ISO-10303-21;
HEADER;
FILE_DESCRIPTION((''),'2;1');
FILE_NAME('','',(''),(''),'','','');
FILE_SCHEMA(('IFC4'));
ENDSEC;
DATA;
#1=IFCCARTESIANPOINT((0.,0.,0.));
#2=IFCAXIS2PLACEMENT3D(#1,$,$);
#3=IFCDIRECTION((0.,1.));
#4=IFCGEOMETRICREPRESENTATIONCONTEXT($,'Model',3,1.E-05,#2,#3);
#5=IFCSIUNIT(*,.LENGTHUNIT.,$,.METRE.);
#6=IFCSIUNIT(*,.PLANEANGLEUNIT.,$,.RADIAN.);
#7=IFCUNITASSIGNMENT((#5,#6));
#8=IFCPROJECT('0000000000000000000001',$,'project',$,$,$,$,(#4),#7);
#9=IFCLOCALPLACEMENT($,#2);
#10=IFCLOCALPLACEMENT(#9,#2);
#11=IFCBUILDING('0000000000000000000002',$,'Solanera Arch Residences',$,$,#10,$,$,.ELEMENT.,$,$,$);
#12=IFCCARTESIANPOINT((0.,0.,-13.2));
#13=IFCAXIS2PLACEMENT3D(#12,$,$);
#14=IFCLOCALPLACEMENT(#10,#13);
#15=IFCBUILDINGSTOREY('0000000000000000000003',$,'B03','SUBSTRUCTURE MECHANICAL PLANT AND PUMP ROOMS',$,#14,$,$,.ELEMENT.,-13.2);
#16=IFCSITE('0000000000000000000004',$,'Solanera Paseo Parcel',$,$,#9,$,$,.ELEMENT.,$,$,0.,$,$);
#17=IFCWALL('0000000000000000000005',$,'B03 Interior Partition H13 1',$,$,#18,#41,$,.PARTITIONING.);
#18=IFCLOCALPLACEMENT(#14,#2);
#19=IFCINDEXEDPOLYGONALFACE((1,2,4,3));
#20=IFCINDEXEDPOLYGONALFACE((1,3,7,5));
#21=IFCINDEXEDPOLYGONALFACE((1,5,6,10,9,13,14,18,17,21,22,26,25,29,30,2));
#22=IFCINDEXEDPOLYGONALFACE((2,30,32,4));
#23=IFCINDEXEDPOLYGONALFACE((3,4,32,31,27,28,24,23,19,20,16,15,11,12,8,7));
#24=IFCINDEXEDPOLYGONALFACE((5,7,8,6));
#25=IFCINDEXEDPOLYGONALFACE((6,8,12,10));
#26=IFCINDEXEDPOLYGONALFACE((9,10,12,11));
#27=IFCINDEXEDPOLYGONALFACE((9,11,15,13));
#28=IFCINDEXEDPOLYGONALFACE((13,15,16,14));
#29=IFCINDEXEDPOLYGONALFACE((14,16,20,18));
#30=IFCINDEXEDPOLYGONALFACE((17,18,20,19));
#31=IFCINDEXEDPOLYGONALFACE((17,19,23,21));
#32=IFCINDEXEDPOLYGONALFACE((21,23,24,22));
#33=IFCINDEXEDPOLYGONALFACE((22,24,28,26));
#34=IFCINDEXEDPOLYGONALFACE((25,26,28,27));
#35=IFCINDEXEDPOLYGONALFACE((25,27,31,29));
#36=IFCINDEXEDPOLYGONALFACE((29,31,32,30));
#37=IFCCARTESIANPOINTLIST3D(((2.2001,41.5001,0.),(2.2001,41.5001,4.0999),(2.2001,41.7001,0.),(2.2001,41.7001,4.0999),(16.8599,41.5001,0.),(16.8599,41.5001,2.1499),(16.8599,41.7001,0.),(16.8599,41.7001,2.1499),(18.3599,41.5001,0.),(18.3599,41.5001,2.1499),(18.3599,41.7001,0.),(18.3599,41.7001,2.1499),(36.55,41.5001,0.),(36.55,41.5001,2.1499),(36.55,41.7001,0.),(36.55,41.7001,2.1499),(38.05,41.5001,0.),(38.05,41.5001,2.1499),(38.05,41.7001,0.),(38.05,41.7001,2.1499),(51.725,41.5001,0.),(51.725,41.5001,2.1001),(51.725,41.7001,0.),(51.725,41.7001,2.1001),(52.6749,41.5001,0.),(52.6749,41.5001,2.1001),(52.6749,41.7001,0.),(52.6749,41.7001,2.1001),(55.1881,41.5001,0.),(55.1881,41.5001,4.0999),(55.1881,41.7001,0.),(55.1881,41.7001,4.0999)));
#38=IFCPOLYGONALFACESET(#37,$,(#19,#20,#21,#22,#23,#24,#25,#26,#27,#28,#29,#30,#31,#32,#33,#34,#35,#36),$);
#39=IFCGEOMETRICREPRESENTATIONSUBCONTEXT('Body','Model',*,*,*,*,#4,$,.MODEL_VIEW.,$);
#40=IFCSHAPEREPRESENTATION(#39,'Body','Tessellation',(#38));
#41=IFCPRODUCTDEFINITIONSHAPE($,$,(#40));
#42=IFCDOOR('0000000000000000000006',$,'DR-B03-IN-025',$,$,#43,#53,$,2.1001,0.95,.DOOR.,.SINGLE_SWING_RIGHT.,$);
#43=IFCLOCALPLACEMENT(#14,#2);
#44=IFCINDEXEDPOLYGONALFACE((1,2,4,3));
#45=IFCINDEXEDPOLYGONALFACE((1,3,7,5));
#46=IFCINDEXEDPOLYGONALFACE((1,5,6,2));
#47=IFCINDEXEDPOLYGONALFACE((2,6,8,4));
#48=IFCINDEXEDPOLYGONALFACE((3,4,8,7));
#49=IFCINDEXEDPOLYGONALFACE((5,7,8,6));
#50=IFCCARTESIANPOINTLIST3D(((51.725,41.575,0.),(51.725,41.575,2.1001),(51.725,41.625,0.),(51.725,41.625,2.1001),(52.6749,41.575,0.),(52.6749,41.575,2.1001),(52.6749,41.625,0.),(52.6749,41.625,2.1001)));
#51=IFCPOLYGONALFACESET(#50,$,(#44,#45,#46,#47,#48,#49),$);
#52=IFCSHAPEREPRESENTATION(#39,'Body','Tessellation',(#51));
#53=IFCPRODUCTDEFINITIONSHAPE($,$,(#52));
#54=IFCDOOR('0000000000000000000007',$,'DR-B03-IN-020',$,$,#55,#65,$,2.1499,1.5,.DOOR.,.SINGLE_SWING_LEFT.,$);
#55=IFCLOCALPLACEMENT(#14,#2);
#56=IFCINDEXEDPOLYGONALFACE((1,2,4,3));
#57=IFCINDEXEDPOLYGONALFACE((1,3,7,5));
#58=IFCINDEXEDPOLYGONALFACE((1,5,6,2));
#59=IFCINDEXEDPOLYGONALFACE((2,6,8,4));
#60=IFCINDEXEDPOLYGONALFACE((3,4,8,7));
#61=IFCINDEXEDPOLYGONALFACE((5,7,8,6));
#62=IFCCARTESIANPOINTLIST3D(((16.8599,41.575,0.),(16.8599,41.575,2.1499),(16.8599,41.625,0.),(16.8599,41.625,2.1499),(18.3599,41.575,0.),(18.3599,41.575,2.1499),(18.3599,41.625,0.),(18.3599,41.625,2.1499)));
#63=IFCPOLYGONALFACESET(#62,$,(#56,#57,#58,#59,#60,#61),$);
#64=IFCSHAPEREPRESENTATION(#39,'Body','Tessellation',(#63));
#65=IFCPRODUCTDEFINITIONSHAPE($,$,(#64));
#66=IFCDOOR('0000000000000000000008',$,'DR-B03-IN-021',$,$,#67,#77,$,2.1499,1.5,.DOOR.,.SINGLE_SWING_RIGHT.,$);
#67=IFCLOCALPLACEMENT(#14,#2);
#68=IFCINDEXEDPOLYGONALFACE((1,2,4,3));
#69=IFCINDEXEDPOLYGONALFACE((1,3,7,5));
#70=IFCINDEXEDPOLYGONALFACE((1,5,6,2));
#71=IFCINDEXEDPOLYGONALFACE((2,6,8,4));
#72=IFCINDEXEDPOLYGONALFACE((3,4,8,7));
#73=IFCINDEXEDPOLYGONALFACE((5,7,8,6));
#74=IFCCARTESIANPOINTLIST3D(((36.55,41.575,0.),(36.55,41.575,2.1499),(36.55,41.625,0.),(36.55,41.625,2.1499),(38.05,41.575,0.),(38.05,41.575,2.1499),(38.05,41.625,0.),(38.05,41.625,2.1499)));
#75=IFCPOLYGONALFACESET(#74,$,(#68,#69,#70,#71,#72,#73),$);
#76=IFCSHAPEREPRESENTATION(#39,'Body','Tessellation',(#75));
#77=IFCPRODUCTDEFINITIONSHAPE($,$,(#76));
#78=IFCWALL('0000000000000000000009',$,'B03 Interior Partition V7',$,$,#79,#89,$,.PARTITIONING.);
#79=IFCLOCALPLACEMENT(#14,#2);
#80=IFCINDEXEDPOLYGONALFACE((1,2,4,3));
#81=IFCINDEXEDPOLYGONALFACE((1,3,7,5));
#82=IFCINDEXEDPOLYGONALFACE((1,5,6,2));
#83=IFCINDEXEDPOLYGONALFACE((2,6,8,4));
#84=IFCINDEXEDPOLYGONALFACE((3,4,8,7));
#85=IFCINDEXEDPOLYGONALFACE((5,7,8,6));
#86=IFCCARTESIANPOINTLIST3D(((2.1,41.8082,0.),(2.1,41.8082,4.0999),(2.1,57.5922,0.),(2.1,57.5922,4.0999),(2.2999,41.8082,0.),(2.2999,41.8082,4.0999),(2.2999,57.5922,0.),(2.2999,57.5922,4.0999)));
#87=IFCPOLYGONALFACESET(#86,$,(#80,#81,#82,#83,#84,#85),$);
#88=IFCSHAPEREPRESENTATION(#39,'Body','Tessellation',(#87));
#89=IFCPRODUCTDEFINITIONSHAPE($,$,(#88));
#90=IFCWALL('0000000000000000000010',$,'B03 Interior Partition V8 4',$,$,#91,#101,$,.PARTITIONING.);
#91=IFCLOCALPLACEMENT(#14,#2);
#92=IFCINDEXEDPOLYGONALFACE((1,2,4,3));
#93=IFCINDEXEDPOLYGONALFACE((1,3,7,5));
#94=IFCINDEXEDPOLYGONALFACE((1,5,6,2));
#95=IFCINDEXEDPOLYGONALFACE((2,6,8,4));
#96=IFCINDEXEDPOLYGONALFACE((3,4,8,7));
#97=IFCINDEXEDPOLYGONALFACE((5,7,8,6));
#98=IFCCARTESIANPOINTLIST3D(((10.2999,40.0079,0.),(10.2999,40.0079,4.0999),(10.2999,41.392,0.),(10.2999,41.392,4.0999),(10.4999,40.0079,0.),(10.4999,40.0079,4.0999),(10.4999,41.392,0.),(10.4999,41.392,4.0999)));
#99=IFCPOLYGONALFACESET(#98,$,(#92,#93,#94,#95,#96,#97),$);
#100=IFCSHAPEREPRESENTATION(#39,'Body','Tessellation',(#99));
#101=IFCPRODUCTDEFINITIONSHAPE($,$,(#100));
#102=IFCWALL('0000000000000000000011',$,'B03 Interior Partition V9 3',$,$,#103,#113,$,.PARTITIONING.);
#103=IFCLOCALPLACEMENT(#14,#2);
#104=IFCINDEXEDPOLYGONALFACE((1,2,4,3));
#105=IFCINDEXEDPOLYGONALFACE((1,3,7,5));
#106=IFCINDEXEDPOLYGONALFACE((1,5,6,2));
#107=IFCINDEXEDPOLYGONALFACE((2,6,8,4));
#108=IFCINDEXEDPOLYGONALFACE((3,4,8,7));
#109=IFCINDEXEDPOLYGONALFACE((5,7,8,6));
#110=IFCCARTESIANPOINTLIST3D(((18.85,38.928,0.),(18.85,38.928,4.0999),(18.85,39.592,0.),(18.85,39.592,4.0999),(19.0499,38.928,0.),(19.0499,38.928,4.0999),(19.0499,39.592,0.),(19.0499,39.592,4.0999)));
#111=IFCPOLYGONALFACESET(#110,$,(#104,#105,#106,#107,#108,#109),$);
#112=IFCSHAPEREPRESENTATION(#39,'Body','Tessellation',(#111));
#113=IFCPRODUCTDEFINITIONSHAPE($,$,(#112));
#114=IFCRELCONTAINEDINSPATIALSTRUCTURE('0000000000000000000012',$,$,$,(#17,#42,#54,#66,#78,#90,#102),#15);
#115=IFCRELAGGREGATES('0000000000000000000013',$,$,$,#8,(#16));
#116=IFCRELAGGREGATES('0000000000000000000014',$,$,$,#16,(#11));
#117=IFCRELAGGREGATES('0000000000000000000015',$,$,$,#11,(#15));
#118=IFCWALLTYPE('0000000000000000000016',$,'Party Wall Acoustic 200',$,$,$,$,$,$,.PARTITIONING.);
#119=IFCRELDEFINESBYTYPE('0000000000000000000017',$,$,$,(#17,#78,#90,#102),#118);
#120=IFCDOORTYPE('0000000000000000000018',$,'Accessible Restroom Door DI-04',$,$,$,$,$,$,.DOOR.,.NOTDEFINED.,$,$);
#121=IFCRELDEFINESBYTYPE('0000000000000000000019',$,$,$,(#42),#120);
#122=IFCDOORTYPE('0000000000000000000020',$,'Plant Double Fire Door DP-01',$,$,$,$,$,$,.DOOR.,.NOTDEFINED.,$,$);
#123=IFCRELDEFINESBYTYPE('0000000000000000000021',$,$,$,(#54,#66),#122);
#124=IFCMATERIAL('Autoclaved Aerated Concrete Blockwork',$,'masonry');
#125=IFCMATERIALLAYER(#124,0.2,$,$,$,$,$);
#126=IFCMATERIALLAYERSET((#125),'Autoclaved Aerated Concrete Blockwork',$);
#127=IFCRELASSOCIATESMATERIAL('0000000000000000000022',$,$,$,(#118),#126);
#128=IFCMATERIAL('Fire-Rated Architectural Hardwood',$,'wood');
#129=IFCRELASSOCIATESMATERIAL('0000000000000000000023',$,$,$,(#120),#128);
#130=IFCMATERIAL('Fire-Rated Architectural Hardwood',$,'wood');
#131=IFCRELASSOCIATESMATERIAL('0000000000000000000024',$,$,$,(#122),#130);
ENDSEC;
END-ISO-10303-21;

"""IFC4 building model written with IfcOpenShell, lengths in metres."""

from ifc_helpers import new_model, si_unit, direction, frame, frame_2d, origin, place, context, subcontext, project, spatial, rectangle, extrude, material, layer, layer_set, type_object, element, fill, save


model = new_model("IFC4")

# Units and contexts
model_context = context("Model", 3, precision=1e-05, world=origin(), true_north=direction((0.0, 1.0)))
body_context = subcontext(model_context, "Body", "Model", "MODEL_VIEW")
ifc_project = project(units=[si_unit("LENGTHUNIT", "METRE"), si_unit("PLANEANGLEUNIT", "RADIAN")], contexts=[model_context])

# Site, building, storey
site_placement = place(None, origin())
site = spatial("IfcSite", under=ifc_project, at=site_placement, Name="Solanera Paseo Parcel", CompositionType="ELEMENT", RefElevation=0.0)
building_placement = place(site_placement, origin())
building = spatial("IfcBuilding", under=site, at=building_placement, Name="Solanera Arch Residences", CompositionType="ELEMENT")
storey_placement = place(building_placement, frame((0.0, 0.0, -13.2)))
storey = spatial("IfcBuildingStorey", under=building, at=storey_placement, Name="B03", Description="SUBSTRUCTURE MECHANICAL PLANT AND PUMP ROOMS", CompositionType="ELEMENT", Elevation=-13.2)

# Shared definitions
ifc_material_1 = material(Name="Autoclaved Aerated Concrete Blockwork", Category="masonry")
ifc_layer_1 = layer(ifc_material_1, 0.2)
ifc_layer_set_1 = layer_set([ifc_layer_1], Name="Autoclaved Aerated Concrete Blockwork")
wall_type_1 = type_object("IfcWallType", Name="Party Wall Acoustic 200", PredefinedType="PARTITIONING", material=ifc_layer_set_1)

# Wall, openings, doors
wall_1_placement = place(storey_placement, frame((2.2, 41.6001, 0.0), z_axis=(0.0, 0.0, 1.0), x_axis=(1.0, 0.0, 0.0)))
wall_1 = element("IfcWall", 1, at=wall_1_placement, inside=storey, type_object=wall_type_1, Name="B03 Interior Partition H13 1", PredefinedType="PARTITIONING", context=body_context, shape_type="SweptSolid", body=[
    extrude(rectangle(XDim=52.988, YDim=0.2, at=frame_2d((26.4941, 0.0))), origin(), (0.0, 0.0, 1.0), 4.0999),
])
opening_1_placement = place(wall_1_placement, frame((14.6599, 0.0, 0.0)))
opening_1 = element("IfcOpeningElement", 2, at=opening_1_placement, cuts=wall_1, PredefinedType="OPENING", context=body_context, shape_type="SweptSolid", body=[
    extrude(rectangle(XDim=1.5, YDim=2.1499, at=frame_2d((0.75, 1.075))), frame((0.0, 0.1101, 0.0), z_axis=(0.0, -1.0, 0.0), x_axis=(1.0, 0.0, 0.0)), (0.0, 0.0, 1.0), 0.22),
])
opening_2_placement = place(wall_1_placement, frame((34.3501, 0.0, 0.0)))
opening_2 = element("IfcOpeningElement", 3, at=opening_2_placement, cuts=wall_1, PredefinedType="OPENING", context=body_context, shape_type="SweptSolid", body=[
    extrude(rectangle(XDim=1.5, YDim=2.1499, at=frame_2d((0.75, 1.075))), frame((0.0, 0.1101, 0.0), z_axis=(0.0, -1.0, 0.0), x_axis=(1.0, 0.0, 0.0)), (0.0, 0.0, 1.0), 0.22),
])
opening_3_placement = place(wall_1_placement, frame((49.5249, 0.0, 0.0)))
opening_3 = element("IfcOpeningElement", 4, at=opening_3_placement, cuts=wall_1, PredefinedType="OPENING", context=body_context, shape_type="SweptSolid", body=[
    extrude(rectangle(XDim=0.95, YDim=2.1001, at=frame_2d((0.4751, 1.05))), frame((0.0, 0.1101, 0.0), z_axis=(0.0, -1.0, 0.0), x_axis=(1.0, 0.0, 0.0)), (0.0, 0.0, 1.0), 0.22),
])
ifc_material_2 = material(Name="Fire-Rated Architectural Hardwood", Category="wood")
door_type_1 = type_object("IfcDoorType", Name="Accessible Restroom Door DI-04", OperationType="NOTDEFINED", PredefinedType="DOOR", material=ifc_material_2)
door_1_placement = place(opening_3_placement, origin())
door_1 = element("IfcDoor", 5, at=door_1_placement, inside=storey, type_object=door_type_1, Name="DR-B03-IN-025", OperationType="SINGLE_SWING_RIGHT", OverallHeight=2.1001, OverallWidth=0.95, PredefinedType="DOOR", context=body_context, shape_type="SweptSolid", body=[
    extrude(rectangle(XDim=0.95, YDim=2.1001, at=frame_2d((0.4751, 1.05))), frame((0.0, 0.0249, 0.0), z_axis=(0.0, -1.0, 0.0), x_axis=(1.0, 0.0, 0.0)), (0.0, 0.0, 1.0), 0.05),
])
fill(opening_3, door_1)
ifc_material_3 = material(Name="Fire-Rated Architectural Hardwood", Category="wood")
door_type_2 = type_object("IfcDoorType", Name="Plant Double Fire Door DP-01", OperationType="NOTDEFINED", PredefinedType="DOOR", material=ifc_material_3)
door_2_placement = place(opening_1_placement, origin())
door_2 = element("IfcDoor", 6, at=door_2_placement, inside=storey, type_object=door_type_2, Name="DR-B03-IN-020", OperationType="SINGLE_SWING_LEFT", OverallHeight=2.1499, OverallWidth=1.5, PredefinedType="DOOR", context=body_context, shape_type="SweptSolid", body=[
    extrude(rectangle(XDim=1.5, YDim=2.1499, at=frame_2d((0.75, 1.075))), frame((0.0, 0.0249, 0.0), z_axis=(0.0, -1.0, 0.0), x_axis=(1.0, 0.0, 0.0)), (0.0, 0.0, 1.0), 0.05),
])
fill(opening_1, door_2)
door_3_placement = place(opening_2_placement, origin())
door_3 = element("IfcDoor", 7, at=door_3_placement, inside=storey, type_object=door_type_2, Name="DR-B03-IN-021", OperationType="SINGLE_SWING_RIGHT", OverallHeight=2.1499, OverallWidth=1.5, PredefinedType="DOOR", context=body_context, shape_type="SweptSolid", body=[
    extrude(rectangle(XDim=1.5, YDim=2.1499, at=frame_2d((0.75, 1.075))), frame((0.0, 0.0249, 0.0), z_axis=(0.0, -1.0, 0.0), x_axis=(1.0, 0.0, 0.0)), (0.0, 0.0, 1.0), 0.05),
])
fill(opening_2, door_3)

# Walls
wall_2_placement = place(storey_placement, frame((2.2, 41.8081, 0.0), z_axis=(0.0, 0.0, 1.0), x_axis=(0.0, 1.0, 0.0)))
element("IfcWall", 8, at=wall_2_placement, inside=storey, type_object=wall_type_1, Name="B03 Interior Partition V7", PredefinedType="PARTITIONING", context=body_context, shape_type="SweptSolid", body=[
    extrude(rectangle(XDim=15.7839, YDim=0.2, at=frame_2d((7.8921, 0.0))), origin(), (0.0, 0.0, 1.0), 4.0999),
])
wall_3_placement = place(storey_placement, frame((10.3999, 40.0081, 0.0), z_axis=(0.0, 0.0, 1.0), x_axis=(0.0, 1.0, 0.0)))
element("IfcWall", 9, at=wall_3_placement, inside=storey, type_object=wall_type_1, Name="B03 Interior Partition V8 4", PredefinedType="PARTITIONING", context=body_context, shape_type="SweptSolid", body=[
    extrude(rectangle(XDim=1.384, YDim=0.2, at=frame_2d((0.6919, 0.0))), origin(), (0.0, 0.0, 1.0), 4.0999),
])
wall_4_placement = place(storey_placement, frame((18.95, 38.928, 0.0), z_axis=(0.0, 0.0, 1.0), x_axis=(0.0, 1.0, 0.0)))
element("IfcWall", 10, at=wall_4_placement, inside=storey, type_object=wall_type_1, Name="B03 Interior Partition V9 3", PredefinedType="PARTITIONING", context=body_context, shape_type="SweptSolid", body=[
    extrude(rectangle(XDim=0.6641, YDim=0.2, at=frame_2d((0.332, 0.0))), origin(), (0.0, 0.0, 1.0), 4.0999),
])

save(model, "model.ifc")
